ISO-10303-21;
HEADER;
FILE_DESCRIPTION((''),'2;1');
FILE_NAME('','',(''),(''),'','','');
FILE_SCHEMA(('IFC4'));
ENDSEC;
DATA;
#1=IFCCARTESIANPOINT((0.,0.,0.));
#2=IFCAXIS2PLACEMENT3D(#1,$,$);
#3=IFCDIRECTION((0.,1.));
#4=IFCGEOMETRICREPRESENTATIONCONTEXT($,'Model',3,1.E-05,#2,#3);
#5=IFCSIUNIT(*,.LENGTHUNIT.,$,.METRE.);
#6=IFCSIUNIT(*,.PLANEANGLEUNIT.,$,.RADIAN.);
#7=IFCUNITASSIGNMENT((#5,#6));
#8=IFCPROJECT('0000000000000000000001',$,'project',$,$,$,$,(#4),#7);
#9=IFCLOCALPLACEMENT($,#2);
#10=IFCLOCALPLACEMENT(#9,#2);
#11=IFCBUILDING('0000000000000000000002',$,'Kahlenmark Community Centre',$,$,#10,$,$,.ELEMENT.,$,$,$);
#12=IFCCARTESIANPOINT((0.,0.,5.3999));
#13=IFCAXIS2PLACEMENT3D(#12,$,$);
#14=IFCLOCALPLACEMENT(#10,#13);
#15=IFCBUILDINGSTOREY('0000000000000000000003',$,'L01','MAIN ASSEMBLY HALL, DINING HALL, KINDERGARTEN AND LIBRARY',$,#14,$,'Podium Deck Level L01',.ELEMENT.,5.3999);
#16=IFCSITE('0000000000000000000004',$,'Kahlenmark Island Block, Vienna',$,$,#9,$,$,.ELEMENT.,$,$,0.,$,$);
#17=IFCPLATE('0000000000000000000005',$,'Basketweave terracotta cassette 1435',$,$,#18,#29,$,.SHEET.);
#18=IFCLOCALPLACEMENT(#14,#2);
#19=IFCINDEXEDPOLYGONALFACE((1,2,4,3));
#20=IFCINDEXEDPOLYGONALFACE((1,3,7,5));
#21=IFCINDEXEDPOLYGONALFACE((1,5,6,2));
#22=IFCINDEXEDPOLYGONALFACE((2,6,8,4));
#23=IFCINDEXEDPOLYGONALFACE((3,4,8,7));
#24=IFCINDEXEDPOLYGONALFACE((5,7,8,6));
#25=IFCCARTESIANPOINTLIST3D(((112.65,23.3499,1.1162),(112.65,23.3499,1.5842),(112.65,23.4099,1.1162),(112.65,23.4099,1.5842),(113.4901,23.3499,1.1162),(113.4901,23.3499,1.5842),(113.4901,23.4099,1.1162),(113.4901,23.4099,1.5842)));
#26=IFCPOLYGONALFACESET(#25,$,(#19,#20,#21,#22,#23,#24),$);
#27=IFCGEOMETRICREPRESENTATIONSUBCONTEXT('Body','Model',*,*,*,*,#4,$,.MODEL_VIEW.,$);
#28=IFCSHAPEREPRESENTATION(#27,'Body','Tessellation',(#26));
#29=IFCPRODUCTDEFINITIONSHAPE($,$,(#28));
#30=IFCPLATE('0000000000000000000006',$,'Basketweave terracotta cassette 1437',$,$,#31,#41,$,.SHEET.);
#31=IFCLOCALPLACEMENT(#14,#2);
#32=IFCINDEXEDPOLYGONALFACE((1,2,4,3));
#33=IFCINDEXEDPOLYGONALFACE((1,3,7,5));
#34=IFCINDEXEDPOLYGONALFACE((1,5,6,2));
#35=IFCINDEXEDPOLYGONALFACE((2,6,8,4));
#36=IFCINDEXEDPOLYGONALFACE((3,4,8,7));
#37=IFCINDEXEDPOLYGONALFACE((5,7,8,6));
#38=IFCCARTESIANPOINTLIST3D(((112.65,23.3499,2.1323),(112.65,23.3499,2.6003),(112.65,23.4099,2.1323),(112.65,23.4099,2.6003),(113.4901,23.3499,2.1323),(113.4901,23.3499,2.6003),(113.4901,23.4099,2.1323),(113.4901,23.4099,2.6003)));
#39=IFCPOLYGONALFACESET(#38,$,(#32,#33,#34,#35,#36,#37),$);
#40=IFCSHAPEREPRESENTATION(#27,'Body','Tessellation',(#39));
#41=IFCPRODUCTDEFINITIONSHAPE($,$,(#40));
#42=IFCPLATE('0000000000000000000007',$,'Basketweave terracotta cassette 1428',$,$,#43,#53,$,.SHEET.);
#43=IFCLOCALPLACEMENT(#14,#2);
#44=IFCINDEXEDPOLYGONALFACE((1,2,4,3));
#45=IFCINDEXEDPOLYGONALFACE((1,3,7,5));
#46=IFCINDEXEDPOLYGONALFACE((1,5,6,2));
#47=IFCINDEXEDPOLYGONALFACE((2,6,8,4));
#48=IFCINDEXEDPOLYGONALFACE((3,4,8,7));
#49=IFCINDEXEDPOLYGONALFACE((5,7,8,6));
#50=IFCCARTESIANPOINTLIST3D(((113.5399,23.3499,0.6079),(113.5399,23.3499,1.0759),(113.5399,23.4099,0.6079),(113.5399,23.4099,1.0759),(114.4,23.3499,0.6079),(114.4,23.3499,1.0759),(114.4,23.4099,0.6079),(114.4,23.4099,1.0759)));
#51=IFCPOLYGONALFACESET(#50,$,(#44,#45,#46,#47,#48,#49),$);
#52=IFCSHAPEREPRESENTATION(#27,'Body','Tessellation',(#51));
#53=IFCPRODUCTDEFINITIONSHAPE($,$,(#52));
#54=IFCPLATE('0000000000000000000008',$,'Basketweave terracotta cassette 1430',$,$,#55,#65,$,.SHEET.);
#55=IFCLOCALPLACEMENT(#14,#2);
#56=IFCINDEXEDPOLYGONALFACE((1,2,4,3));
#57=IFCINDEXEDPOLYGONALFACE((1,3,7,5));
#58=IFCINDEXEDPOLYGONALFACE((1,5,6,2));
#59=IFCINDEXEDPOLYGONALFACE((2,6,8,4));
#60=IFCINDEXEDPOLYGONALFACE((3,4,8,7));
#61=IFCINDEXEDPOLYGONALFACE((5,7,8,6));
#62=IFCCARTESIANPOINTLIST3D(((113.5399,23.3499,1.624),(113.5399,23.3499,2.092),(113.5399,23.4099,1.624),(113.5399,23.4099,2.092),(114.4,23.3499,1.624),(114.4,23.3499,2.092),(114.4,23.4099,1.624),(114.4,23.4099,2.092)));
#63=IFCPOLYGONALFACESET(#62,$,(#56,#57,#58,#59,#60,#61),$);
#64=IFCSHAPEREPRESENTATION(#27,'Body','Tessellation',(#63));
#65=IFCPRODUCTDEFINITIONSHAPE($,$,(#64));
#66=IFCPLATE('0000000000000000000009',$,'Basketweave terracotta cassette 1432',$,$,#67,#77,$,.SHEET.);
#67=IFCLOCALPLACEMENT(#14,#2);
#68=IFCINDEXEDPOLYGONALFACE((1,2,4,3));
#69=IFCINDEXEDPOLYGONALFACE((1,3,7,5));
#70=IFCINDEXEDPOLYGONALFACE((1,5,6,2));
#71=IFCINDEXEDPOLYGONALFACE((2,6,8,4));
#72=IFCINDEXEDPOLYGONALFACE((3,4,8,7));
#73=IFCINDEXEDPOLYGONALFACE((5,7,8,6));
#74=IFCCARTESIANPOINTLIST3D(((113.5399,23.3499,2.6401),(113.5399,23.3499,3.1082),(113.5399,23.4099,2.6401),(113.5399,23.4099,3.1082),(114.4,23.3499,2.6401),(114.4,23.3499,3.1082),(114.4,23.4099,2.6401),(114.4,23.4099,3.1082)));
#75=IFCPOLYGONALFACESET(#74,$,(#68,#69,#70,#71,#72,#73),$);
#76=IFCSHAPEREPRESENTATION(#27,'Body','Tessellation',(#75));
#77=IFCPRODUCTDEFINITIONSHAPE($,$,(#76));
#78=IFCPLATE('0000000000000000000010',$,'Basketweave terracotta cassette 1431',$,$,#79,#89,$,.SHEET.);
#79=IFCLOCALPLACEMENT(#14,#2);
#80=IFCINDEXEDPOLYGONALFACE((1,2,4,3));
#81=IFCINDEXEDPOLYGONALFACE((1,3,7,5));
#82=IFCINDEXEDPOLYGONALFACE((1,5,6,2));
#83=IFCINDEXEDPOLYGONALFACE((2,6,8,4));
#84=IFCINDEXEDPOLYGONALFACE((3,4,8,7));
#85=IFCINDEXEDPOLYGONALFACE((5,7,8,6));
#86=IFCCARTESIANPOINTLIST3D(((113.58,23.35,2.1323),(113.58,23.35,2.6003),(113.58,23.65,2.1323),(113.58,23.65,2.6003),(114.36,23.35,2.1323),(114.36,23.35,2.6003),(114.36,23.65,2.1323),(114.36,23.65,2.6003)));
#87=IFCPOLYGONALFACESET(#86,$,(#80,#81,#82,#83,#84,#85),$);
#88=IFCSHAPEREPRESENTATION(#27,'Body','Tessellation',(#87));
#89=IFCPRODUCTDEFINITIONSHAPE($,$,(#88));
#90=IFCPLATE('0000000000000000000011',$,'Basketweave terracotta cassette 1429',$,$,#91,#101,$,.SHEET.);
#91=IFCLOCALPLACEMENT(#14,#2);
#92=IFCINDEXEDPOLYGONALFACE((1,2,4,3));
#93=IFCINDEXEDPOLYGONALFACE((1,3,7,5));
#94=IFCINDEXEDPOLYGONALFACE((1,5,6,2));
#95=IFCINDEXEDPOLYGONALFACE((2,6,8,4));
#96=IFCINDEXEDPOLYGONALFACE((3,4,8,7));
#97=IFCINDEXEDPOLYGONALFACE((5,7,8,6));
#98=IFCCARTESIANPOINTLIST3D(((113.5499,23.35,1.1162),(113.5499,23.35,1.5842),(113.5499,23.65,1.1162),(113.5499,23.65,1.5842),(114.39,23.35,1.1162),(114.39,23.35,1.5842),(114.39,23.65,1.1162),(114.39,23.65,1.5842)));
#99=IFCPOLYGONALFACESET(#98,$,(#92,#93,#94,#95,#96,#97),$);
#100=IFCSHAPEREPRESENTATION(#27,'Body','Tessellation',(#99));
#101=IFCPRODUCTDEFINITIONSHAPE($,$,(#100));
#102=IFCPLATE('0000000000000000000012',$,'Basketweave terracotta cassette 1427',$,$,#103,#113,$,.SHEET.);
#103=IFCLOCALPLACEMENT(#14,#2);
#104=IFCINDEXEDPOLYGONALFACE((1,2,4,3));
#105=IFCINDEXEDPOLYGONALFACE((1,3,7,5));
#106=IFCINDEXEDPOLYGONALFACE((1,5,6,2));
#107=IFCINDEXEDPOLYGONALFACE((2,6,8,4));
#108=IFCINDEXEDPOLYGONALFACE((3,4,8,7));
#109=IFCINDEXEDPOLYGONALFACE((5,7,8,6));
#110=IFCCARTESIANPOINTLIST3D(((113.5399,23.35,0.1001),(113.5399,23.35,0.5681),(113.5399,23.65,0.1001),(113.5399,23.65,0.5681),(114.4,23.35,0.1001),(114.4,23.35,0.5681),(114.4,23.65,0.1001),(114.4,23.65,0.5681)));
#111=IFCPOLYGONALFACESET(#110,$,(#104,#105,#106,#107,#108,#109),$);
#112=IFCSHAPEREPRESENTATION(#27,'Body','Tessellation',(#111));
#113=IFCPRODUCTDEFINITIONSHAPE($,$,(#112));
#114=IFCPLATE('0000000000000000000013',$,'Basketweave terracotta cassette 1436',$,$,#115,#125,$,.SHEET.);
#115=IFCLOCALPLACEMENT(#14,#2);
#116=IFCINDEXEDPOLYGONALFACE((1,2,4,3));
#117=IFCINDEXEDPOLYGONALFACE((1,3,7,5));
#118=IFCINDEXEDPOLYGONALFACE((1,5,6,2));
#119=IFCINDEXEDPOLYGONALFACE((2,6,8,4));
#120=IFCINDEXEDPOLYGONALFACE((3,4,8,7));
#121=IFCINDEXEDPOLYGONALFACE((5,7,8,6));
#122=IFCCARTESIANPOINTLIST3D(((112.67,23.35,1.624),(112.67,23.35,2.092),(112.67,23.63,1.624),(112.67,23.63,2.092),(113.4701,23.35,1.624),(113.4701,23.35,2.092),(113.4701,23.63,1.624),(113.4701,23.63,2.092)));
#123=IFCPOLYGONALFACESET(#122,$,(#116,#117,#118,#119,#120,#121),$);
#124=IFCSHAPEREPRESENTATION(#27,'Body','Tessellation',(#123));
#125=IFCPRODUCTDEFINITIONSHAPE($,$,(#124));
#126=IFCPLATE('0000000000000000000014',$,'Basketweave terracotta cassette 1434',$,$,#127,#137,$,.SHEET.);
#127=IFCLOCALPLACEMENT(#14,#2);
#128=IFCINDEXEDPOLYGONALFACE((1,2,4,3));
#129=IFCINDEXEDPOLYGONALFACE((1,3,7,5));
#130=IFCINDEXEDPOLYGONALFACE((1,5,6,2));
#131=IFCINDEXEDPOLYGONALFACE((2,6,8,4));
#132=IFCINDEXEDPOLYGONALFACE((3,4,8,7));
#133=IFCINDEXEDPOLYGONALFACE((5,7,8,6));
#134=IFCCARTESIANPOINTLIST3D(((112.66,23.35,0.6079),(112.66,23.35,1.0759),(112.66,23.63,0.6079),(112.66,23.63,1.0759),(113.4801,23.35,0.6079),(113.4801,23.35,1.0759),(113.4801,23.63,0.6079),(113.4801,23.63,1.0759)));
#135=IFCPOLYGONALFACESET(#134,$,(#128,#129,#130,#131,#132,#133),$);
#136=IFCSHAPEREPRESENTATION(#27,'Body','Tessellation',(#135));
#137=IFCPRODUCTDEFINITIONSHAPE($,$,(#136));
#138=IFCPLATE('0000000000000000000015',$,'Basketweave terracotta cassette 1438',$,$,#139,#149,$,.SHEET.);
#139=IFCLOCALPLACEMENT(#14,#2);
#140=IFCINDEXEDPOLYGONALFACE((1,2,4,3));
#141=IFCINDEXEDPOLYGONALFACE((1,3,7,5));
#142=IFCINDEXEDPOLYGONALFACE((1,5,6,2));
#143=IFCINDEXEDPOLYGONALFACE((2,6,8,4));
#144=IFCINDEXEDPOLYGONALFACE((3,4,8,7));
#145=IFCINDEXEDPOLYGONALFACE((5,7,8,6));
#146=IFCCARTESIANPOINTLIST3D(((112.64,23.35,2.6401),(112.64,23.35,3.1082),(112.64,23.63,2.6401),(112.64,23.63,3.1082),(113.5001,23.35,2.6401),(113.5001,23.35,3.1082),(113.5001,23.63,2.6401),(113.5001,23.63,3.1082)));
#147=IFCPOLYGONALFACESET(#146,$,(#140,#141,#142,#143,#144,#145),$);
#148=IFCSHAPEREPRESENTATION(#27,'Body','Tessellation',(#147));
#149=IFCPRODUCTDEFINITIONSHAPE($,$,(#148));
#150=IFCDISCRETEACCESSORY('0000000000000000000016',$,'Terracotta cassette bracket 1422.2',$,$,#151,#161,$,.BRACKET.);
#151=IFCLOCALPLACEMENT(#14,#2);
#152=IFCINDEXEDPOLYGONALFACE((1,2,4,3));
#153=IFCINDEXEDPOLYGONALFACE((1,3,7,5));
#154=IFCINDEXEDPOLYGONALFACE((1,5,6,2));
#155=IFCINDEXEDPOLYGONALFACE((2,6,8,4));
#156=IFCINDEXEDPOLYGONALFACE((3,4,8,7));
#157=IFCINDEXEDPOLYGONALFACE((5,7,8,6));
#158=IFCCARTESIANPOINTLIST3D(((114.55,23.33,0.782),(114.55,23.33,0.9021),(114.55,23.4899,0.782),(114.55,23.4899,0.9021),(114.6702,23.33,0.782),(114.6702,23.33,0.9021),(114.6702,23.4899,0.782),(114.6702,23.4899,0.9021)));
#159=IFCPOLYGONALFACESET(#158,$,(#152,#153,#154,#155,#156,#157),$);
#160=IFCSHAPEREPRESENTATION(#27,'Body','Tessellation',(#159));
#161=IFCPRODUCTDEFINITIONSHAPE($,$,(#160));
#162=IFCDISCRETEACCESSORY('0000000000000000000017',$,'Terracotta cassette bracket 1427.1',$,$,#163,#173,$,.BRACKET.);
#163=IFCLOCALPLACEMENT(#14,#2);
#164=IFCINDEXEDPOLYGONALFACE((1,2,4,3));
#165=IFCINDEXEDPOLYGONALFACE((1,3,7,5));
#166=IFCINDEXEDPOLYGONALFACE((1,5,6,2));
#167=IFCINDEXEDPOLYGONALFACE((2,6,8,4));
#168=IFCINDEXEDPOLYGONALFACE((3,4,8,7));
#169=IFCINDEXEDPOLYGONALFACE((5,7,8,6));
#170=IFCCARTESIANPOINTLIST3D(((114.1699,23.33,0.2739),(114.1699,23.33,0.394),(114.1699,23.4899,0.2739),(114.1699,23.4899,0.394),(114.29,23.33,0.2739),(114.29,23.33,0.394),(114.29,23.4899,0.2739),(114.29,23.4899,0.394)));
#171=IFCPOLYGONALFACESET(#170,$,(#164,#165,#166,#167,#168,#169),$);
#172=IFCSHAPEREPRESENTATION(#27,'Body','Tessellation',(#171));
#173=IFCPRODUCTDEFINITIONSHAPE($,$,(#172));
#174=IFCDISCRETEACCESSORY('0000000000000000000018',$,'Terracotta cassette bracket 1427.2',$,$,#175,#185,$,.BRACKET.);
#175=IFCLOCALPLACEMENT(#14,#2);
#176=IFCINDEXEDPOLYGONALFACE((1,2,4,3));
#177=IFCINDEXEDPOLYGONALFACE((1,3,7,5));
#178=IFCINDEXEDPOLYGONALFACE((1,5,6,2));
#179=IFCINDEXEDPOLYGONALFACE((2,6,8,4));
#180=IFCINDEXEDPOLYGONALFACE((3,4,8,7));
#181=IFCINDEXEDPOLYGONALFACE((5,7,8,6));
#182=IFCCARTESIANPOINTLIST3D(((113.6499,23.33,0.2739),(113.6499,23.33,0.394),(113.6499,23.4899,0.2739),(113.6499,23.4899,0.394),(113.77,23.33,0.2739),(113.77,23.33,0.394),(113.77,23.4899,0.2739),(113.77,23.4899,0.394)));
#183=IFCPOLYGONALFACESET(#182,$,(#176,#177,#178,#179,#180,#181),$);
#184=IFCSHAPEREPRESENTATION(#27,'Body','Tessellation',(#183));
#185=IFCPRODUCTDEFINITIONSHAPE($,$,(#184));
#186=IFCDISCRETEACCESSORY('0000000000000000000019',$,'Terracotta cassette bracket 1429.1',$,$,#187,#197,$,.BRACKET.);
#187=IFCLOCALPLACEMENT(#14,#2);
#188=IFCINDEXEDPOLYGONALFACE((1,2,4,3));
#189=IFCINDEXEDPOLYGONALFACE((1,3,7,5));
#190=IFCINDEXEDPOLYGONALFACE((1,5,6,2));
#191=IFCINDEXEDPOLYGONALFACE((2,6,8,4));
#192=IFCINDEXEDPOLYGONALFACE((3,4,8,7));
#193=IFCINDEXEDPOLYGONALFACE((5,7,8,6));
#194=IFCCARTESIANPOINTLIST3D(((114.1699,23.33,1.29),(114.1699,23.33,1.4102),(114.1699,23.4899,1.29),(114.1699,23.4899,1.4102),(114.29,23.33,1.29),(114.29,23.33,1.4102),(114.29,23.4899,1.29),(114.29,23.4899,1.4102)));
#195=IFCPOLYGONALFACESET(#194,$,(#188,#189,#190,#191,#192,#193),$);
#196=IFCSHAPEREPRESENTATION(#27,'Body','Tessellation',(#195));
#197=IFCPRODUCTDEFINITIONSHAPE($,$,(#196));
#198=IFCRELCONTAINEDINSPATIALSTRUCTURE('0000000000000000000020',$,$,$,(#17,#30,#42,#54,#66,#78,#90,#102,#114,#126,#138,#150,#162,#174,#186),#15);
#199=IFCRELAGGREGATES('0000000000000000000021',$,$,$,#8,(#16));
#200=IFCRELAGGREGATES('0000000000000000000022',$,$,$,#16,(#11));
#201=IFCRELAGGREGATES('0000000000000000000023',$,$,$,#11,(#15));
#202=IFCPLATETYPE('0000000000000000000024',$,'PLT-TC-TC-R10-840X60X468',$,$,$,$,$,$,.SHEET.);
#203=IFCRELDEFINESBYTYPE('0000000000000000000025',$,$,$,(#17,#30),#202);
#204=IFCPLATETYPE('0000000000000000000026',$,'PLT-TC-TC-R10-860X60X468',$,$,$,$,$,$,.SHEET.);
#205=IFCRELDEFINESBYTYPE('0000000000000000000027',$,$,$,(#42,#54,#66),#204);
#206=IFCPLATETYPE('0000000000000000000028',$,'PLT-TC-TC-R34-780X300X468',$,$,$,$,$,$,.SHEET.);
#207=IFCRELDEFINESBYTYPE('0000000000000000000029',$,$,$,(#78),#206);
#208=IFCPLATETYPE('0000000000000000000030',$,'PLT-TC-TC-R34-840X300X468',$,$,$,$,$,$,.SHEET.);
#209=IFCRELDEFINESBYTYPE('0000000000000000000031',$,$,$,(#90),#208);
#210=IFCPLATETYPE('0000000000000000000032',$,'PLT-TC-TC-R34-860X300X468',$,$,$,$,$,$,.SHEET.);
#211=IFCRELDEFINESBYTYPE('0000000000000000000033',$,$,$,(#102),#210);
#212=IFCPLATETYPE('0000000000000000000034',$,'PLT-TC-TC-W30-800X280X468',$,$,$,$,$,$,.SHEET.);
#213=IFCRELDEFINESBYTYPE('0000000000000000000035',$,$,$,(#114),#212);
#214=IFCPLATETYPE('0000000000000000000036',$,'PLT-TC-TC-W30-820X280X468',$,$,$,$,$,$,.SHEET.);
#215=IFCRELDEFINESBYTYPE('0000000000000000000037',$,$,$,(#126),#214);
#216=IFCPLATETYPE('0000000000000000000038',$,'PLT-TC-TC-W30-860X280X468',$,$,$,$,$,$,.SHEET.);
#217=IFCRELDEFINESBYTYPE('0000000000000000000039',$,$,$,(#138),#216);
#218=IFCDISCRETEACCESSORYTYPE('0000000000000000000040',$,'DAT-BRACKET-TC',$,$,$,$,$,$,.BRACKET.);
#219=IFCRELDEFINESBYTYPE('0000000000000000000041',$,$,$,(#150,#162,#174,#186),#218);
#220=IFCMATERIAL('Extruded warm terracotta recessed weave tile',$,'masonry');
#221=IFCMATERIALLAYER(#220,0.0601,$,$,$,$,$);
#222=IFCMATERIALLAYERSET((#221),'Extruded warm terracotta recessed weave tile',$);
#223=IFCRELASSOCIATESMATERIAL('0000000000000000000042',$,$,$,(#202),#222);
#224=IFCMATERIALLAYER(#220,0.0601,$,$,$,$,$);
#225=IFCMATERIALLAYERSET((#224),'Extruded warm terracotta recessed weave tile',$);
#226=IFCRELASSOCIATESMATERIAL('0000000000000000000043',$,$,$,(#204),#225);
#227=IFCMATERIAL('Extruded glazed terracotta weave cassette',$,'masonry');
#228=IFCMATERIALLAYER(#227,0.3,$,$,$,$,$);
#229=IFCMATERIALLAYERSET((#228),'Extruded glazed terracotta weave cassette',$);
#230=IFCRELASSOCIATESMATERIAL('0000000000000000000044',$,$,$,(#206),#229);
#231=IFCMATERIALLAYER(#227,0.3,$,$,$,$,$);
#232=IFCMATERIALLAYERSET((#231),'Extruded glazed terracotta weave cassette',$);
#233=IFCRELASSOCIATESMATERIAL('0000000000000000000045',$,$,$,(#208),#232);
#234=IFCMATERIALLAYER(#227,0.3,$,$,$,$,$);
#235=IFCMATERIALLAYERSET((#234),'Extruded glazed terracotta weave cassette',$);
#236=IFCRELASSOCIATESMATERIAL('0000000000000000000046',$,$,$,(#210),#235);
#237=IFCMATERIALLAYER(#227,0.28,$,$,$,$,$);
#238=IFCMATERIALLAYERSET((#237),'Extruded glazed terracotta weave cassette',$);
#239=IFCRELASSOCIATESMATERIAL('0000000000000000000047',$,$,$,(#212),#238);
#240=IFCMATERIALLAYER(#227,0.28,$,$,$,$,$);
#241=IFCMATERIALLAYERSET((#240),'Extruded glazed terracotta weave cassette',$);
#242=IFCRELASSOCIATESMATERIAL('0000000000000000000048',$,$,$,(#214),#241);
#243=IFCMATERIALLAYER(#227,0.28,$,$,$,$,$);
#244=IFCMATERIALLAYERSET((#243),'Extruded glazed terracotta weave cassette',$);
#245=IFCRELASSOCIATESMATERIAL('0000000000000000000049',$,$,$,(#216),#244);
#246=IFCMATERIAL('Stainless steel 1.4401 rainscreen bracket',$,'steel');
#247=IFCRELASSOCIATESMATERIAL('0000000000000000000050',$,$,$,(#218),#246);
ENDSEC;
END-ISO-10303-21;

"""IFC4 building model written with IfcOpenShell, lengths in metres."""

from ifc_helpers import new_model, si_unit, direction, frame, origin, origin_2d, place, context, subcontext, project, spatial, rectangle, extrude, material, layer, layer_set, type_object, element, save


model = new_model("IFC4")

# Units and contexts
model_context = context("Model", 3, precision=1e-05, world=origin(), true_north=direction((0.0, 1.0)))
body_context = subcontext(model_context, "Body", "Model", "MODEL_VIEW")
ifc_project = project(units=[si_unit("LENGTHUNIT", "METRE"), si_unit("PLANEANGLEUNIT", "RADIAN")], contexts=[model_context])

# Site, building, storey
site_placement = place(None, origin())
site = spatial("IfcSite", under=ifc_project, at=site_placement, Name="Kahlenmark Island Block, Vienna", CompositionType="ELEMENT", RefElevation=0.0)
building_placement = place(site_placement, origin())
building = spatial("IfcBuilding", under=site, at=building_placement, Name="Kahlenmark Community Centre", CompositionType="ELEMENT")
storey_placement = place(building_placement, frame((0.0, 0.0, 5.3999)))
storey = spatial("IfcBuildingStorey", under=building, at=storey_placement, Name="L01", Description="MAIN ASSEMBLY HALL, DINING HALL, KINDERGARTEN AND LIBRARY", LongName="Podium Deck Level L01", CompositionType="ELEMENT", Elevation=5.3999)

# Plates
ifc_material_1 = material(Name="Extruded warm terracotta recessed weave tile", Category="masonry")
ifc_layer_1 = layer(ifc_material_1, 0.0601)
ifc_layer_set_1 = layer_set([ifc_layer_1], Name="Extruded warm terracotta recessed weave tile")
plate_type_1 = type_object("IfcPlateType", Name="PLT-TC-TC-R10-840X60X468", PredefinedType="SHEET", material=ifc_layer_set_1)
for number, where, z_axis, x_axis, name in (
    (1, (113.0701, 23.3799, 1.1162), (0.0, 0.0, 1.0), (-1.0, 0.0, 0.0), "Basketweave terracotta cassette 1435"),
    (2, (113.0701, 23.3799, 2.1323), (0.0, 0.0, 1.0), (-1.0, 0.0, 0.0), "Basketweave terracotta cassette 1437"),
):
    element("IfcPlate", number, at=place(storey_placement, frame(where, z_axis=z_axis, x_axis=x_axis)), inside=storey, type_object=plate_type_1, Name=name, PredefinedType="SHEET", context=body_context, shape_type="SweptSolid", body=[
        extrude(rectangle(XDim=0.8401, YDim=0.0601, at=origin_2d()), origin(), (0.0, 0.0, 1.0), 0.468),
    ])
ifc_layer_2 = layer(ifc_material_1, 0.0601)
ifc_layer_set_2 = layer_set([ifc_layer_2], Name="Extruded warm terracotta recessed weave tile")
plate_type_2 = type_object("IfcPlateType", Name="PLT-TC-TC-R10-860X60X468", PredefinedType="SHEET", material=ifc_layer_set_2)
for number, where, z_axis, x_axis, name in (
    (3, (113.97, 23.3799, 0.6079), (0.0, 0.0, 1.0), (-1.0, 0.0, 0.0), "Basketweave terracotta cassette 1428"),
    (4, (113.97, 23.3799, 1.624), (0.0, 0.0, 1.0), (-1.0, 0.0, 0.0), "Basketweave terracotta cassette 1430"),
    (5, (113.97, 23.3799, 2.6401), (0.0, 0.0, 1.0), (-1.0, 0.0, 0.0), "Basketweave terracotta cassette 1432"),
):
    element("IfcPlate", number, at=place(storey_placement, frame(where, z_axis=z_axis, x_axis=x_axis)), inside=storey, type_object=plate_type_2, Name=name, PredefinedType="SHEET", context=body_context, shape_type="SweptSolid", body=[
        extrude(rectangle(XDim=0.8601, YDim=0.0601, at=origin_2d()), origin(), (0.0, 0.0, 1.0), 0.468),
    ])
ifc_material_2 = material(Name="Extruded glazed terracotta weave cassette", Category="masonry")
ifc_layer_3 = layer(ifc_material_2, 0.3)
ifc_layer_set_3 = layer_set([ifc_layer_3], Name="Extruded glazed terracotta weave cassette")
plate_type_3 = type_object("IfcPlateType", Name="PLT-TC-TC-R34-780X300X468", PredefinedType="SHEET", material=ifc_layer_set_3)
plate_1_placement = place(storey_placement, frame((113.97, 23.5, 2.1323), z_axis=(0.0, 0.0, 1.0), x_axis=(-1.0, 0.0, 0.0)))
element("IfcPlate", 6, at=plate_1_placement, inside=storey, type_object=plate_type_3, Name="Basketweave terracotta cassette 1431", PredefinedType="SHEET", context=body_context, shape_type="SweptSolid", body=[
    extrude(rectangle(XDim=0.78, YDim=0.3, at=origin_2d()), origin(), (0.0, 0.0, 1.0), 0.468),
])
ifc_layer_4 = layer(ifc_material_2, 0.3)
ifc_layer_set_4 = layer_set([ifc_layer_4], Name="Extruded glazed terracotta weave cassette")
plate_type_4 = type_object("IfcPlateType", Name="PLT-TC-TC-R34-840X300X468", PredefinedType="SHEET", material=ifc_layer_set_4)
plate_2_placement = place(storey_placement, frame((113.97, 23.5, 1.1162), z_axis=(0.0, 0.0, 1.0), x_axis=(-1.0, 0.0, 0.0)))
element("IfcPlate", 7, at=plate_2_placement, inside=storey, type_object=plate_type_4, Name="Basketweave terracotta cassette 1429", PredefinedType="SHEET", context=body_context, shape_type="SweptSolid", body=[
    extrude(rectangle(XDim=0.8401, YDim=0.3, at=origin_2d()), origin(), (0.0, 0.0, 1.0), 0.468),
])
ifc_layer_5 = layer(ifc_material_2, 0.3)
ifc_layer_set_5 = layer_set([ifc_layer_5], Name="Extruded glazed terracotta weave cassette")
plate_type_5 = type_object("IfcPlateType", Name="PLT-TC-TC-R34-860X300X468", PredefinedType="SHEET", material=ifc_layer_set_5)
plate_3_placement = place(storey_placement, frame((113.97, 23.5, 0.1001), z_axis=(0.0, 0.0, 1.0), x_axis=(-1.0, 0.0, 0.0)))
element("IfcPlate", 8, at=plate_3_placement, inside=storey, type_object=plate_type_5, Name="Basketweave terracotta cassette 1427", PredefinedType="SHEET", context=body_context, shape_type="SweptSolid", body=[
    extrude(rectangle(XDim=0.8601, YDim=0.3, at=origin_2d()), origin(), (0.0, 0.0, 1.0), 0.468),
])
ifc_layer_6 = layer(ifc_material_2, 0.28)
ifc_layer_set_6 = layer_set([ifc_layer_6], Name="Extruded glazed terracotta weave cassette")
plate_type_6 = type_object("IfcPlateType", Name="PLT-TC-TC-W30-800X280X468", PredefinedType="SHEET", material=ifc_layer_set_6)
plate_4_placement = place(storey_placement, frame((113.0701, 23.49, 1.624), z_axis=(0.0, 0.0, 1.0), x_axis=(-1.0, 0.0, 0.0)))
element("IfcPlate", 9, at=plate_4_placement, inside=storey, type_object=plate_type_6, Name="Basketweave terracotta cassette 1436", PredefinedType="SHEET", context=body_context, shape_type="SweptSolid", body=[
    extrude(rectangle(XDim=0.8, YDim=0.28, at=origin_2d()), origin(), (0.0, 0.0, 1.0), 0.468),
])
ifc_layer_7 = layer(ifc_material_2, 0.28)
ifc_layer_set_7 = layer_set([ifc_layer_7], Name="Extruded glazed terracotta weave cassette")
plate_type_7 = type_object("IfcPlateType", Name="PLT-TC-TC-W30-820X280X468", PredefinedType="SHEET", material=ifc_layer_set_7)
plate_5_placement = place(storey_placement, frame((113.0701, 23.49, 0.6079), z_axis=(0.0, 0.0, 1.0), x_axis=(-1.0, 0.0, 0.0)))
element("IfcPlate", 10, at=plate_5_placement, inside=storey, type_object=plate_type_7, Name="Basketweave terracotta cassette 1434", PredefinedType="SHEET", context=body_context, shape_type="SweptSolid", body=[
    extrude(rectangle(XDim=0.8201, YDim=0.28, at=origin_2d()), origin(), (0.0, 0.0, 1.0), 0.468),
])
ifc_layer_8 = layer(ifc_material_2, 0.28)
ifc_layer_set_8 = layer_set([ifc_layer_8], Name="Extruded glazed terracotta weave cassette")
plate_type_8 = type_object("IfcPlateType", Name="PLT-TC-TC-W30-860X280X468", PredefinedType="SHEET", material=ifc_layer_set_8)
plate_6_placement = place(storey_placement, frame((113.0701, 23.49, 2.6401), z_axis=(0.0, 0.0, 1.0), x_axis=(-1.0, 0.0, 0.0)))
element("IfcPlate", 11, at=plate_6_placement, inside=storey, type_object=plate_type_8, Name="Basketweave terracotta cassette 1438", PredefinedType="SHEET", context=body_context, shape_type="SweptSolid", body=[
    extrude(rectangle(XDim=0.8601, YDim=0.28, at=origin_2d()), origin(), (0.0, 0.0, 1.0), 0.468),
])

# Discrete accessories
ifc_material_3 = material(Name="Stainless steel 1.4401 rainscreen bracket", Category="steel")
discrete_accessory_type = type_object("IfcDiscreteAccessoryType", Name="DAT-BRACKET-TC", PredefinedType="BRACKET", material=ifc_material_3)
for number, where, z_axis, x_axis, name in (
    (12, (114.6101, 23.4099, 0.782), (0.0, 0.0, 1.0), (-1.0, 0.0, 0.0), "Terracotta cassette bracket 1422.2"),
    (13, (114.23, 23.4099, 0.2739), (0.0, 0.0, 1.0), (-1.0, 0.0, 0.0), "Terracotta cassette bracket 1427.1"),
    (14, (113.71, 23.4099, 0.2739), (0.0, 0.0, 1.0), (-1.0, 0.0, 0.0), "Terracotta cassette bracket 1427.2"),
    (15, (114.23, 23.4099, 1.29), (0.0, 0.0, 1.0), (-1.0, 0.0, 0.0), "Terracotta cassette bracket 1429.1"),
):
    element("IfcDiscreteAccessory", number, at=place(storey_placement, frame(where, z_axis=z_axis, x_axis=x_axis)), inside=storey, type_object=discrete_accessory_type, Name=name, PredefinedType="BRACKET", context=body_context, shape_type="SweptSolid", body=[
        extrude(rectangle(XDim=0.1201, YDim=0.1599, at=origin_2d()), origin(), (0.0, 0.0, 1.0), 0.1201),
    ])

save(model, "model.ifc")
